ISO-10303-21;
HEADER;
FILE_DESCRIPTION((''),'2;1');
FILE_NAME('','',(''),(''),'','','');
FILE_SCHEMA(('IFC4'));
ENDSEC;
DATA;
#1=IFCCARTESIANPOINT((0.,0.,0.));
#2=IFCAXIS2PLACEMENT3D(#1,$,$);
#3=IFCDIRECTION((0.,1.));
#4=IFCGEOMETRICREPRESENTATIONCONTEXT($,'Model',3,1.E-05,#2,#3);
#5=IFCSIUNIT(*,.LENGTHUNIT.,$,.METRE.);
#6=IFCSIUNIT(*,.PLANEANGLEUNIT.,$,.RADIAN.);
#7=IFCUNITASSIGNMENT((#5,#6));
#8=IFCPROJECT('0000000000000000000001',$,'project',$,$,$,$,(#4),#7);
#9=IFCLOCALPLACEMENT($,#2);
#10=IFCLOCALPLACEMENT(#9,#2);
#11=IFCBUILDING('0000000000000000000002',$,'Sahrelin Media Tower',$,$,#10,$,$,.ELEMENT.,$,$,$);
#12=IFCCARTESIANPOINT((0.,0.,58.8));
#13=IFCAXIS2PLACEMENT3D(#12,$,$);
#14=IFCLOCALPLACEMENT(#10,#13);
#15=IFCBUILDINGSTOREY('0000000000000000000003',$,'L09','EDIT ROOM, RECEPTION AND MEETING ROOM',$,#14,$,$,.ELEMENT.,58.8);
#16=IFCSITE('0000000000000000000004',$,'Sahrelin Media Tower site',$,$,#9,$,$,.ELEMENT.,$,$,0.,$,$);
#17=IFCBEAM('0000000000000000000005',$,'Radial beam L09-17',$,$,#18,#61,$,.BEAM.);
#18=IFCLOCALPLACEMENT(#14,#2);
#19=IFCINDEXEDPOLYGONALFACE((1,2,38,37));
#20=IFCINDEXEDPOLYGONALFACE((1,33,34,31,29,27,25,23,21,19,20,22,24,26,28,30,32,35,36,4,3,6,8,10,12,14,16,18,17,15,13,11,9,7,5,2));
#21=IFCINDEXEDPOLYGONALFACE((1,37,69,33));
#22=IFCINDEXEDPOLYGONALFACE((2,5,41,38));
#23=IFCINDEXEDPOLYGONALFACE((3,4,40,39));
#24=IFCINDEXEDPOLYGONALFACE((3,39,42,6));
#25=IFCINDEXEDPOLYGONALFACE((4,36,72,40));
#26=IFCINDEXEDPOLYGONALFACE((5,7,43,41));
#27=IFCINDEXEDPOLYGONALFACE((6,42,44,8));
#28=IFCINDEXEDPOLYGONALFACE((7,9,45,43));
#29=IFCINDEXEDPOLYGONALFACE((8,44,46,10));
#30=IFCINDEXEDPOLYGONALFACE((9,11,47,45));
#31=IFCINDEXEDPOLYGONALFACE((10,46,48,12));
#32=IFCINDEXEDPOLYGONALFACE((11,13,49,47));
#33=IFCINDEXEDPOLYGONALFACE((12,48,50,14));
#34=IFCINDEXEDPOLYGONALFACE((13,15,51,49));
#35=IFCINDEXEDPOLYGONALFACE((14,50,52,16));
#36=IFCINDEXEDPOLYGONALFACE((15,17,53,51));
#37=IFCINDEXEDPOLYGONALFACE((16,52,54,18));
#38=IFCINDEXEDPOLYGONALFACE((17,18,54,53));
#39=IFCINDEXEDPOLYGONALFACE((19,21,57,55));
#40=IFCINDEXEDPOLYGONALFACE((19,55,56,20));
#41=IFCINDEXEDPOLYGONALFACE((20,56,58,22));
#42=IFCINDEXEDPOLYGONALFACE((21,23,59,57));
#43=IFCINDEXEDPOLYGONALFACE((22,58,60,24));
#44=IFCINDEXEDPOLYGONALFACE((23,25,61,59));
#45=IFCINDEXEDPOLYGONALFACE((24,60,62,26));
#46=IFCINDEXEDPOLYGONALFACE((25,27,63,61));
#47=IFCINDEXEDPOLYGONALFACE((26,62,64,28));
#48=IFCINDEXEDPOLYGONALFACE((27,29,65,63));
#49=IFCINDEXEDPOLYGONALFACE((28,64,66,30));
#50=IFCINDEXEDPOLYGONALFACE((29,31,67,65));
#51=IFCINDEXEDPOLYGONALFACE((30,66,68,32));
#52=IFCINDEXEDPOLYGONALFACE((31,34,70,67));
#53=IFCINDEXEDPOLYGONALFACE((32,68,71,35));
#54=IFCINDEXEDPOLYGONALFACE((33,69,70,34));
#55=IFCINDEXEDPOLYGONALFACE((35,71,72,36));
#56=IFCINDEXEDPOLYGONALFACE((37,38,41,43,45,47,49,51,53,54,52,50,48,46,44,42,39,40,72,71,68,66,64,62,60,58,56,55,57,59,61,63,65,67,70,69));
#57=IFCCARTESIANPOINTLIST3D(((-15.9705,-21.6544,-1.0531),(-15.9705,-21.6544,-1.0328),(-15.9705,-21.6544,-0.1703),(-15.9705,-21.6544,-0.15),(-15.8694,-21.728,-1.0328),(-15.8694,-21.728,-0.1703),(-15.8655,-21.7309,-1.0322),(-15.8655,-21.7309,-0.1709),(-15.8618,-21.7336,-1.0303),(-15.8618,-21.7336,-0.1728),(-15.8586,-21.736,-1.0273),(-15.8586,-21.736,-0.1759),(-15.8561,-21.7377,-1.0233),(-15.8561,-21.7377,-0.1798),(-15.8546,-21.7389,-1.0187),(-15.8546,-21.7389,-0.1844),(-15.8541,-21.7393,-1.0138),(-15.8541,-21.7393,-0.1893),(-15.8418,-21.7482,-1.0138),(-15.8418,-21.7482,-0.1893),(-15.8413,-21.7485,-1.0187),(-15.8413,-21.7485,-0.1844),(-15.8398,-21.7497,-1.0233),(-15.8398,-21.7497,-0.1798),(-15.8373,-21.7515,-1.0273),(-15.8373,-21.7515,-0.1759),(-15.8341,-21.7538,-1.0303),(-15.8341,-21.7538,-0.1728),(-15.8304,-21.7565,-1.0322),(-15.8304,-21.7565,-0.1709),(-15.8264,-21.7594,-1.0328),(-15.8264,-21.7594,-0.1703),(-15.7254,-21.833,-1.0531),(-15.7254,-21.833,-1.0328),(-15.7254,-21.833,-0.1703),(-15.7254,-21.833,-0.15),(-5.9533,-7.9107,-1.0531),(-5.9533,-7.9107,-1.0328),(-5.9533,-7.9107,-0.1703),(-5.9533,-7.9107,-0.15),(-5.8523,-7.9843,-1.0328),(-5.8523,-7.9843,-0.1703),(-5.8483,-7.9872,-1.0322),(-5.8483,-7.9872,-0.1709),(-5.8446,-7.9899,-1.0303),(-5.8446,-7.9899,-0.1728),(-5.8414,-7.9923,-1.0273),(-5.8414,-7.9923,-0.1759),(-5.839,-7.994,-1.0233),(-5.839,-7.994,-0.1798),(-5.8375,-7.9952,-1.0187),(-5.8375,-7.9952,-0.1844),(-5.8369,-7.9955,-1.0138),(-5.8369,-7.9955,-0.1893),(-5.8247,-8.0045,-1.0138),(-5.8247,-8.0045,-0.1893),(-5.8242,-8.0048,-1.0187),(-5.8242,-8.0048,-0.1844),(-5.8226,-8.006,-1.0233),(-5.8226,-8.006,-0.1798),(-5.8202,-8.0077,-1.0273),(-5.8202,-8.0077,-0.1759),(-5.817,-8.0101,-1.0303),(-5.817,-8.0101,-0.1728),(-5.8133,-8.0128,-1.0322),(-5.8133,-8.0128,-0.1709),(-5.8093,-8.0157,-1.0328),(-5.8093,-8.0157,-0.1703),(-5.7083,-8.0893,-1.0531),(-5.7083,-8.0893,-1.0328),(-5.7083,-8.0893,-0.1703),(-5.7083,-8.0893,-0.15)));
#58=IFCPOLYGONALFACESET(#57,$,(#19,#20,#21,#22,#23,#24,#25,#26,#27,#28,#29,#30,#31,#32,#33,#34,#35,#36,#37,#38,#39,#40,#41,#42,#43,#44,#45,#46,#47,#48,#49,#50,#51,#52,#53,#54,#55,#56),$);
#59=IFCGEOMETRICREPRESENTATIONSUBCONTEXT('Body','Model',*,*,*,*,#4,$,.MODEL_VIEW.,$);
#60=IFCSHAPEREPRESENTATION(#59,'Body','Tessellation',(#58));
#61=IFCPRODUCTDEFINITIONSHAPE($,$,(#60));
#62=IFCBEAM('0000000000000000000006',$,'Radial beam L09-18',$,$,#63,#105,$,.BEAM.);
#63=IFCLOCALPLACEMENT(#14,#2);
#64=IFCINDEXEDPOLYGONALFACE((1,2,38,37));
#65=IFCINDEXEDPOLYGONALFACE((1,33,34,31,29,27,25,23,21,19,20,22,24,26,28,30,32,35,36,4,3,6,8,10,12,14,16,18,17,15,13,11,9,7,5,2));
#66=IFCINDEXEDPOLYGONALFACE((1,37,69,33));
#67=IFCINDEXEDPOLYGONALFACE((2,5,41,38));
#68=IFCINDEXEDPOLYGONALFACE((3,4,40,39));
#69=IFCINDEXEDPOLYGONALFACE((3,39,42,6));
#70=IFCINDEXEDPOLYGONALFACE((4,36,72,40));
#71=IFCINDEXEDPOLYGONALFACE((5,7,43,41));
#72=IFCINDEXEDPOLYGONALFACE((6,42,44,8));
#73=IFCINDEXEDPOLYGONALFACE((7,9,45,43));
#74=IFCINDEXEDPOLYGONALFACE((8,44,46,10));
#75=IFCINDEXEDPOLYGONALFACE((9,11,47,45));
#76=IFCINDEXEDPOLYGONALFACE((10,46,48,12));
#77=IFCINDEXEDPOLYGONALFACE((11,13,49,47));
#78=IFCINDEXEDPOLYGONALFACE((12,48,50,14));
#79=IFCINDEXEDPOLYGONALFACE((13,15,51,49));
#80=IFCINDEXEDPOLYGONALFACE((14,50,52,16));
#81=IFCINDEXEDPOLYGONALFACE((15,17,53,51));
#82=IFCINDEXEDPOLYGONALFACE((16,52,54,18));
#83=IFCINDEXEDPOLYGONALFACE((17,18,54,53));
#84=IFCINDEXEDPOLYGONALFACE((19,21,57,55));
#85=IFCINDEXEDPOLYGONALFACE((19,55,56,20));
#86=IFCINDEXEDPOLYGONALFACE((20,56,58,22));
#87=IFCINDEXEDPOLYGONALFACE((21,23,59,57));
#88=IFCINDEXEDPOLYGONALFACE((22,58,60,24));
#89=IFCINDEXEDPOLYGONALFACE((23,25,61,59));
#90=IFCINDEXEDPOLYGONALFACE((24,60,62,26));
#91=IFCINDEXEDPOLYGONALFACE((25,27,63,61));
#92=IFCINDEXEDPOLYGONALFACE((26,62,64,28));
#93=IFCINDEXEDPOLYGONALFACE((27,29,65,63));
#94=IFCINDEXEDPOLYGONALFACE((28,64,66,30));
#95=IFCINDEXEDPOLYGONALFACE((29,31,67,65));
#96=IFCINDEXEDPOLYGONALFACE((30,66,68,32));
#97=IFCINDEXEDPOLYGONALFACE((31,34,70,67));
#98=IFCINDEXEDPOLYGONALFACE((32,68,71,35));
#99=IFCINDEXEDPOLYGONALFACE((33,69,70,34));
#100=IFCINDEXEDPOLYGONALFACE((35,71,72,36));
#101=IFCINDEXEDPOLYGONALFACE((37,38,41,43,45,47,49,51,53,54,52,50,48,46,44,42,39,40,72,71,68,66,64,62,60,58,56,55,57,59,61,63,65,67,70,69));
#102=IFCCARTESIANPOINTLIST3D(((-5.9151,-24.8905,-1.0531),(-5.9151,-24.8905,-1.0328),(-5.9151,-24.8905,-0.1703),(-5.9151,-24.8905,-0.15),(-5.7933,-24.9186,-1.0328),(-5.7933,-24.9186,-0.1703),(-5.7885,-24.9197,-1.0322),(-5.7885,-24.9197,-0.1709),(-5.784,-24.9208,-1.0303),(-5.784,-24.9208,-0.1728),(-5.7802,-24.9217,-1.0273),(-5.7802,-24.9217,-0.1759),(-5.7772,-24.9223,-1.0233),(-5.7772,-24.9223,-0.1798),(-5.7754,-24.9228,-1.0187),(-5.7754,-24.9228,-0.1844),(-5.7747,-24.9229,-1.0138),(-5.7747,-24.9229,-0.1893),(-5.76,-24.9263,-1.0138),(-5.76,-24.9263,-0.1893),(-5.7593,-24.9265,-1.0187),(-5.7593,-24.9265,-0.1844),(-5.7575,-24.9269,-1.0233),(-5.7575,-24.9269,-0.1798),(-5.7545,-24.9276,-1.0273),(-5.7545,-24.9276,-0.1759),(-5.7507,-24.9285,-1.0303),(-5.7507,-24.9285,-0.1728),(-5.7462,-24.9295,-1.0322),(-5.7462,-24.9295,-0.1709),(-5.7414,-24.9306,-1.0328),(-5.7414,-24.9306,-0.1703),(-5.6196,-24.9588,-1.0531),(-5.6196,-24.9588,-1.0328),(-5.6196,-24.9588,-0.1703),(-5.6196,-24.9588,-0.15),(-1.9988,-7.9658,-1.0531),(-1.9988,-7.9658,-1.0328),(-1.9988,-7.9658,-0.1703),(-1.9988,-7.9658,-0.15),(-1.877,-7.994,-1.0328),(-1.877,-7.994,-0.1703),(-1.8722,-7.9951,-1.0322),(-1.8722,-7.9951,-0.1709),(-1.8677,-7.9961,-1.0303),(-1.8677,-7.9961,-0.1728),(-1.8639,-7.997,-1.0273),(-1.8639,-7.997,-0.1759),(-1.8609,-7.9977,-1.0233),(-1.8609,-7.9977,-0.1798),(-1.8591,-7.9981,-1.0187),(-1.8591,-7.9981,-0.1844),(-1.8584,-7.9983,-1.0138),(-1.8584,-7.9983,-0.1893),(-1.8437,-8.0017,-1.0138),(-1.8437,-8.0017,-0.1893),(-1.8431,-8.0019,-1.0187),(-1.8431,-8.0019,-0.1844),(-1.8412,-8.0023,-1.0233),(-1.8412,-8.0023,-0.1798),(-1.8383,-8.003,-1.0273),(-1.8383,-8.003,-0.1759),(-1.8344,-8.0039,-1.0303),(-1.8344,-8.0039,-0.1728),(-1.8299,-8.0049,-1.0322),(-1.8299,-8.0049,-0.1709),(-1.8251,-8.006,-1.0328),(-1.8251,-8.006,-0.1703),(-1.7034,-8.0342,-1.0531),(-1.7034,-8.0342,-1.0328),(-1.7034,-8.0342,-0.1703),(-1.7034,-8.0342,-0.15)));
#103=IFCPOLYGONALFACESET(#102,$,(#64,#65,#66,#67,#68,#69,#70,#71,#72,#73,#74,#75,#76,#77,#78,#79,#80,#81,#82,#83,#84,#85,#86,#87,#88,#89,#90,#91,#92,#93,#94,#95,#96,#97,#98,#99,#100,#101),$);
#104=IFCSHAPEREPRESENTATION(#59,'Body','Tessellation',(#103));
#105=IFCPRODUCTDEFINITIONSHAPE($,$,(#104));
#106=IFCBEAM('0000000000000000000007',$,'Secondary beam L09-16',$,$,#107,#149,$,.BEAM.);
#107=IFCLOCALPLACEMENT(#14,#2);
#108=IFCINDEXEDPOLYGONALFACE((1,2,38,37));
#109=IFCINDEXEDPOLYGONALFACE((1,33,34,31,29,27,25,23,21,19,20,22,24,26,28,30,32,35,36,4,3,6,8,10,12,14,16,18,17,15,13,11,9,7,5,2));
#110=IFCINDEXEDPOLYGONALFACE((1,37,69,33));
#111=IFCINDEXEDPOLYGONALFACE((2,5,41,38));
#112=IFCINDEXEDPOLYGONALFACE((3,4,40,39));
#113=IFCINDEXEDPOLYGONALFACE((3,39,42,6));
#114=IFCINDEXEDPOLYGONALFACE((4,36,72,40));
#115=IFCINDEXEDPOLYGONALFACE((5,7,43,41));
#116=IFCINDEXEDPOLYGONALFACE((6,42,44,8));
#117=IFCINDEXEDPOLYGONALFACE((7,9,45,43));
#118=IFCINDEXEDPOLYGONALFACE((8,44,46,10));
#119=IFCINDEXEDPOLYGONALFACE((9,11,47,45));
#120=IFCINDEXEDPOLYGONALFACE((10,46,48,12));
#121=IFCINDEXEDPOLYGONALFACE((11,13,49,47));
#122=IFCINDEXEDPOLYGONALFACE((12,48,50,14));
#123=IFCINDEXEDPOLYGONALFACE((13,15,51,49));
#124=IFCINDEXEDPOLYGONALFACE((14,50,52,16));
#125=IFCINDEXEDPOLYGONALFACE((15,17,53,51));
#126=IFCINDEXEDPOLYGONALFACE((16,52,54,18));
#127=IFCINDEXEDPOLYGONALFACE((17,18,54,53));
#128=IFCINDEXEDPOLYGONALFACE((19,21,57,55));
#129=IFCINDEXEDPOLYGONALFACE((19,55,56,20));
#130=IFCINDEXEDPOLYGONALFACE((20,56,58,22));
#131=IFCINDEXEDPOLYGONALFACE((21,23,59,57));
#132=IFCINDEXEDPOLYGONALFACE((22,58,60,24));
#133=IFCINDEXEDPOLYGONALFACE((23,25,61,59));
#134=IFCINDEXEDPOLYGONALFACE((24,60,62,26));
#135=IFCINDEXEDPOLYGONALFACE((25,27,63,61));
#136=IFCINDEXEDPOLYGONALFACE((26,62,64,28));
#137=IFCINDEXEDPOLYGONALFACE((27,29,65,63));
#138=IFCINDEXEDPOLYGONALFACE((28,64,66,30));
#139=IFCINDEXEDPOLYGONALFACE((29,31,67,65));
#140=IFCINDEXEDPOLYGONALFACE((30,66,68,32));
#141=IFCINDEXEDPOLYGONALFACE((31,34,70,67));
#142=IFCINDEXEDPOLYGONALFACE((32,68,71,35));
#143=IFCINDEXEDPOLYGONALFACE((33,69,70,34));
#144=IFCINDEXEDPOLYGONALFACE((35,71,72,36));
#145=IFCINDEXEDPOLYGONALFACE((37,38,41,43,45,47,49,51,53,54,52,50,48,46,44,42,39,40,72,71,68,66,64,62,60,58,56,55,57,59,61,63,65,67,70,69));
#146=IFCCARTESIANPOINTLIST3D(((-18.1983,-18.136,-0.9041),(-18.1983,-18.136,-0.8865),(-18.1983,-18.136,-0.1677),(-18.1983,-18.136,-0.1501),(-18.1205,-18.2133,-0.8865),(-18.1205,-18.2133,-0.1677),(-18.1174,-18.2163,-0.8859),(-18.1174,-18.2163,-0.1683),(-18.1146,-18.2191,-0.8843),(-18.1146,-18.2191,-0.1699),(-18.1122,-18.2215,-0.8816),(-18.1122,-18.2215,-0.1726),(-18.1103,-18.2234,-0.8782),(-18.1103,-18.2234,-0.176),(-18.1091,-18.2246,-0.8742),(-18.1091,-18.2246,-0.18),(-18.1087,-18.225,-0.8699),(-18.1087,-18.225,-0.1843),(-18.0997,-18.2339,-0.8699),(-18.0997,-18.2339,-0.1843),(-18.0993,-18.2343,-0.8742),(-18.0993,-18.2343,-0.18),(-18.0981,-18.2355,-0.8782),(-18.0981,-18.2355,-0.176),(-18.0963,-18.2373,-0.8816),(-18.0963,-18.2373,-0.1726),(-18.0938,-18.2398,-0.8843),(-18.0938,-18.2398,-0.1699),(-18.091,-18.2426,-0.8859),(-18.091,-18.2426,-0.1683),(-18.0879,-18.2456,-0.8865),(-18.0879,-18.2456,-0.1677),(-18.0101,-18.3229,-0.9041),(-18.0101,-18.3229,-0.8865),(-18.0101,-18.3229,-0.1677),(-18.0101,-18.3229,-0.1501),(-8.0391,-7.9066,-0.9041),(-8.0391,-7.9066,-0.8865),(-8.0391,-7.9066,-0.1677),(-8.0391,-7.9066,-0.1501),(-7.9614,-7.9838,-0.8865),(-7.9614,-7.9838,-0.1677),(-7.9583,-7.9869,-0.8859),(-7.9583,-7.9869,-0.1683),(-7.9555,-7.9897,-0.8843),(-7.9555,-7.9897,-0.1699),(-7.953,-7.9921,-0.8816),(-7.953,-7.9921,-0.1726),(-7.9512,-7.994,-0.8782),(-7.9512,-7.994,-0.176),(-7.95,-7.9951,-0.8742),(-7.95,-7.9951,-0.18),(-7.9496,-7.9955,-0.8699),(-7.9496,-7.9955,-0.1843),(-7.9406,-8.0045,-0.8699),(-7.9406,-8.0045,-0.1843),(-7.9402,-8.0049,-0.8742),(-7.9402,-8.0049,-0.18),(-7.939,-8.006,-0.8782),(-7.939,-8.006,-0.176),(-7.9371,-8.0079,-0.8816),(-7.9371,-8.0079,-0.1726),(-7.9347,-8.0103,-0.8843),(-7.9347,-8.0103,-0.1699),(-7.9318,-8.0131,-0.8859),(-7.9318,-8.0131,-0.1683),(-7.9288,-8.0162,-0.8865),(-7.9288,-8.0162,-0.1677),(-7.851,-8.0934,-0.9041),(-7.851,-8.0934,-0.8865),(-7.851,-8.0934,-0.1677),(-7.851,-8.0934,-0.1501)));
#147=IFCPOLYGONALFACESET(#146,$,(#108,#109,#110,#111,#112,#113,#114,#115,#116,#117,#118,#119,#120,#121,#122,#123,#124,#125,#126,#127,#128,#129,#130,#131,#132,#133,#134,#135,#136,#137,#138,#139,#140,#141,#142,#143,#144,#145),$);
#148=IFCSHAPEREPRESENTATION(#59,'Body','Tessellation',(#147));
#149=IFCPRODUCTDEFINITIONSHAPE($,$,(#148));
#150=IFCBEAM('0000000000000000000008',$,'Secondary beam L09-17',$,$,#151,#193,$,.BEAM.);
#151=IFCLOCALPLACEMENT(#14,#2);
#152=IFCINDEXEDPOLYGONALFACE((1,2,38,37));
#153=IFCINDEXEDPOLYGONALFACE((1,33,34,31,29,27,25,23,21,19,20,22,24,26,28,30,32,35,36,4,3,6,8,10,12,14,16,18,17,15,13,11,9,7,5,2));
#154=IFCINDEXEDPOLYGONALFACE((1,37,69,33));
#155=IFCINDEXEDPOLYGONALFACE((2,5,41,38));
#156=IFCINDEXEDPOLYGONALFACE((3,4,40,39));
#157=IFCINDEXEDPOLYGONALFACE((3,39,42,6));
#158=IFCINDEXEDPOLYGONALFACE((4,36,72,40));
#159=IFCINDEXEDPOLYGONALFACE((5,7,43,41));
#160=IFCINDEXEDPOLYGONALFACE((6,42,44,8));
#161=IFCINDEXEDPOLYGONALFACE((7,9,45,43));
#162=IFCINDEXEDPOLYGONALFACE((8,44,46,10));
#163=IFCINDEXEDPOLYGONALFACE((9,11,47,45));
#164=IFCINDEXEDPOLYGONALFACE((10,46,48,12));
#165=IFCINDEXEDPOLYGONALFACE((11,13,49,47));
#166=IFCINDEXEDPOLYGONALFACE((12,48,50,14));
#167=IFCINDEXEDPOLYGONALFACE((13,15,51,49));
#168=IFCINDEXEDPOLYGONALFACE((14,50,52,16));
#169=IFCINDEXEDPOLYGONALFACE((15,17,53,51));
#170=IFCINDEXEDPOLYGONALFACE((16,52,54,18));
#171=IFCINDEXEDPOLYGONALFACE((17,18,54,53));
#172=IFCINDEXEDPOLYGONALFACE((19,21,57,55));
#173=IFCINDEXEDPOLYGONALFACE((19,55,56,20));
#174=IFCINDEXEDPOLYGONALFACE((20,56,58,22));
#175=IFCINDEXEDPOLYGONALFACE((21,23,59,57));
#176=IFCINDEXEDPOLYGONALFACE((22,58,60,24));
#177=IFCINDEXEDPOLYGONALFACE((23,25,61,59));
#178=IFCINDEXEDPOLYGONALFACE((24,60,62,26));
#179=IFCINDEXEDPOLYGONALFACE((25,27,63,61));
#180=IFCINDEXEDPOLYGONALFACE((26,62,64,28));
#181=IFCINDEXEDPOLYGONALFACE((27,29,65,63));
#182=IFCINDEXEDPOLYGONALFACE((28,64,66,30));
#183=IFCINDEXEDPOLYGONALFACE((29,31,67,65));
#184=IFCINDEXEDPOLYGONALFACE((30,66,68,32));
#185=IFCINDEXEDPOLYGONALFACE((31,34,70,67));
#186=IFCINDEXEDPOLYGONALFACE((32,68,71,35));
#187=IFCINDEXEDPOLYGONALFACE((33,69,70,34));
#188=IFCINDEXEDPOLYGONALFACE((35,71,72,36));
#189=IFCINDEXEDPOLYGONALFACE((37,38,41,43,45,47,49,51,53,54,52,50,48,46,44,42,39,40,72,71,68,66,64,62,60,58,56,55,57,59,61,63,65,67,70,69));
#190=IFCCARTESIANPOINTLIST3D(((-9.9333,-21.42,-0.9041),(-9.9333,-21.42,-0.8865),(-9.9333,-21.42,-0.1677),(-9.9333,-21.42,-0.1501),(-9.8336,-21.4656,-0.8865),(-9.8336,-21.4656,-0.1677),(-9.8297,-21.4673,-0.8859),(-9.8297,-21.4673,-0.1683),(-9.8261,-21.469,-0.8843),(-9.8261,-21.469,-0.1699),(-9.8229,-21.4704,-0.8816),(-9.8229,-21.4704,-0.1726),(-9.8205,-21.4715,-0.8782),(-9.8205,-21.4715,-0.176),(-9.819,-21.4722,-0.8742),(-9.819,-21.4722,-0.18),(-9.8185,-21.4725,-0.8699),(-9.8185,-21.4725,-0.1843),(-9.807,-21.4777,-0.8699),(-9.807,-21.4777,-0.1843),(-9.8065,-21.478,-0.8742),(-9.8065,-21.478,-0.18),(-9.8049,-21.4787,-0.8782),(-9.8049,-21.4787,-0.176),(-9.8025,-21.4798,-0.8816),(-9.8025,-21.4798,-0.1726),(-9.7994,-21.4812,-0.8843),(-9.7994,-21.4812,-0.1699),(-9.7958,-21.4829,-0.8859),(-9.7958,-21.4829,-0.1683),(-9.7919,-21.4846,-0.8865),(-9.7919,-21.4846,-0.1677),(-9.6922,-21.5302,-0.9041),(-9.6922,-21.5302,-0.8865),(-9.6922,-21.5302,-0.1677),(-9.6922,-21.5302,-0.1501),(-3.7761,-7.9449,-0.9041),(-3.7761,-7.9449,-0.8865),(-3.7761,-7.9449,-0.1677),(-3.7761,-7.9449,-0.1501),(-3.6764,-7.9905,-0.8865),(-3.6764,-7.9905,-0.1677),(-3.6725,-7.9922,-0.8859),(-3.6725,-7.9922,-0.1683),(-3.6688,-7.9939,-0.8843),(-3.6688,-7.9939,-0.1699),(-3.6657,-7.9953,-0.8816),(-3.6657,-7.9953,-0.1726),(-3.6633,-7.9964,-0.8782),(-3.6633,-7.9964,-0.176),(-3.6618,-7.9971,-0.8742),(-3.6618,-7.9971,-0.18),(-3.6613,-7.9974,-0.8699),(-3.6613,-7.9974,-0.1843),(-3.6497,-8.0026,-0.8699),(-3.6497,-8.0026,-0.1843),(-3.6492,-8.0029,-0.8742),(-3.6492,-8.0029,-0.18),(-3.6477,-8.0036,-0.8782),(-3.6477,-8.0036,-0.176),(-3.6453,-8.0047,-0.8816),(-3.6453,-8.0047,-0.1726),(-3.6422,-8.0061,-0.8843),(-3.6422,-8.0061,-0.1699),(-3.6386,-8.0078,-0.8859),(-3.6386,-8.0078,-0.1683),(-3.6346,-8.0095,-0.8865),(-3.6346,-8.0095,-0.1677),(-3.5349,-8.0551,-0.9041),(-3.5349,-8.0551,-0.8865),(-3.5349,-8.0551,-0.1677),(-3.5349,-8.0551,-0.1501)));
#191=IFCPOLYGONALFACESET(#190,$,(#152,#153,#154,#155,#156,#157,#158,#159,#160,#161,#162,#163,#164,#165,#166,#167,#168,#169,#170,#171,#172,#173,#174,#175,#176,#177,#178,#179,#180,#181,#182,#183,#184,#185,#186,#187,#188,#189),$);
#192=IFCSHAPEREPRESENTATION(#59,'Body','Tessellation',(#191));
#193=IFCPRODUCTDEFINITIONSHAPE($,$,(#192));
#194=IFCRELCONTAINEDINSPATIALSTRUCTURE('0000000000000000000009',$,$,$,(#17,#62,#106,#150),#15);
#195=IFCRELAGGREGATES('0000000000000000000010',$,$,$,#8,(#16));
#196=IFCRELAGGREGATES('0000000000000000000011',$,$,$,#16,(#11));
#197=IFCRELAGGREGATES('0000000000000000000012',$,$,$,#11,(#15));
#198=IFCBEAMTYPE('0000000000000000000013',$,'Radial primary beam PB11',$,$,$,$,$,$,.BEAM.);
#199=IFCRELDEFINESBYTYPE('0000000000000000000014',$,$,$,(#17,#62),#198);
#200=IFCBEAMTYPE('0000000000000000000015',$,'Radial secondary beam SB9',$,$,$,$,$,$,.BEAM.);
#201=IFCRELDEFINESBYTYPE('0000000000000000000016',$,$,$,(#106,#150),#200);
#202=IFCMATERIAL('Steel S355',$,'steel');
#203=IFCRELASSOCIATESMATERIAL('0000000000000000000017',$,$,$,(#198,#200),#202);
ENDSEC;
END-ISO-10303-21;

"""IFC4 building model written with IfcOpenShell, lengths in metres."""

from ifc_helpers import new_model, si_unit, direction, frame, origin, origin_2d, place, context, subcontext, project, spatial, i_section, extrude, material, material_profile, profile_set, type_object, element, save


model = new_model("IFC4")

# Units and contexts
model_context = context("Model", 3, precision=1e-05, world=origin(), true_north=direction((0.0, 1.0)))
body_context = subcontext(model_context, "Body", "Model", "MODEL_VIEW")
ifc_project = project(units=[si_unit("LENGTHUNIT", "METRE"), si_unit("PLANEANGLEUNIT", "RADIAN")], contexts=[model_context])

# Site, building, storey
site_placement = place(None, origin())
site = spatial("IfcSite", under=ifc_project, at=site_placement, Name="Sahrelin Media Tower site", CompositionType="ELEMENT", RefElevation=0.0)
building_placement = place(site_placement, origin())
building = spatial("IfcBuilding", under=site, at=building_placement, Name="Sahrelin Media Tower", CompositionType="ELEMENT")
storey_placement = place(building_placement, frame((0.0, 0.0, 58.8)))
storey = spatial("IfcBuildingStorey", under=building, at=storey_placement, Name="L09", Description="EDIT ROOM, RECEPTION AND MEETING ROOM", CompositionType="ELEMENT", Elevation=58.8)

# Beams
ifc_material_1 = material(Name="Steel S355", Category="steel")
ifc_material_profile_1 = material_profile(ifc_material_1, i_section(OverallWidth=0.3032, OverallDepth=0.9031, WebThickness=0.0151, FlangeThickness=0.0203, FilletRadius=0.019, at=origin_2d()), Name="UB 914x305x201")
ifc_profile_set_1 = profile_set([ifc_material_profile_1], Name="Steel S355")
beam_type_1 = type_object("IfcBeamType", Name="Radial primary beam PB11", PredefinedType="BEAM", material=ifc_profile_set_1)
beam_1_placement = place(storey_placement, frame((-5.8308, -8.0, -0.6016), z_axis=(-0.589006, -0.808129, 0.0), x_axis=(0.808129, -0.589006, 0.0)))
element("IfcBeam", 1, at=beam_1_placement, inside=storey, type_object=beam_type_1, Name="Radial beam L09-17", PredefinedType="BEAM", context=body_context, shape_type="SweptSolid", body=[
    extrude(i_section(OverallWidth=0.3032, OverallDepth=0.9031, WebThickness=0.0151, FlangeThickness=0.0203, FilletRadius=0.019, at=origin_2d()), origin(), (0.0, 0.0, 1.0), 17.0068),
])
beam_2_placement = place(storey_placement, frame((-1.8511, -8.0, -0.6016), z_axis=(-0.225438, -0.974257, 0.0), x_axis=(0.974257, -0.225438, 0.0)))
element("IfcBeam", 2, at=beam_2_placement, inside=storey, type_object=beam_type_1, Name="Radial beam L09-18", PredefinedType="BEAM", context=body_context, shape_type="SweptSolid", body=[
    extrude(i_section(OverallWidth=0.3032, OverallDepth=0.9031, WebThickness=0.0151, FlangeThickness=0.0203, FilletRadius=0.019, at=origin_2d()), origin(), (0.0, 0.0, 1.0), 17.3718),
])
ifc_material_profile_2 = material_profile(ifc_material_1, i_section(OverallWidth=0.2651, OverallDepth=0.7539, WebThickness=0.0127, FlangeThickness=0.0176, FilletRadius=0.0166, at=origin_2d()), Name="UB 762x267x147")
ifc_profile_set_2 = profile_set([ifc_material_profile_2], Name="Steel S355")
beam_type_2 = type_object("IfcBeamType", Name="Radial secondary beam SB9", PredefinedType="BEAM", material=ifc_profile_set_2)
beam_3_placement = place(storey_placement, frame((-7.9451, -8.0, -0.5271), z_axis=(-0.704664, -0.709541, 0.0), x_axis=(0.709541, -0.704664, 0.0)))
element("IfcBeam", 3, at=beam_3_placement, inside=storey, type_object=beam_type_2, Name="Secondary beam L09-16", PredefinedType="BEAM", context=body_context, shape_type="SweptSolid", body=[
    extrude(i_section(OverallWidth=0.2651, OverallDepth=0.7539, WebThickness=0.0127, FlangeThickness=0.0176, FilletRadius=0.0166, at=origin_2d()), origin(), (0.0, 0.0, 1.0), 14.417),
])
beam_4_placement = place(storey_placement, frame((-3.6555, -8.0, -0.5271), z_axis=(-0.415602, -0.909546, 0.0), x_axis=(0.909546, -0.415602, 0.0)))
element("IfcBeam", 4, at=beam_4_placement, inside=storey, type_object=beam_type_2, Name="Secondary beam L09-17", PredefinedType="BEAM", context=body_context, shape_type="SweptSolid", body=[
    extrude(i_section(OverallWidth=0.2651, OverallDepth=0.7539, WebThickness=0.0127, FlangeThickness=0.0176, FilletRadius=0.0166, at=origin_2d()), origin(), (0.0, 0.0, 1.0), 14.8152),
])

save(model, "model.ifc")
